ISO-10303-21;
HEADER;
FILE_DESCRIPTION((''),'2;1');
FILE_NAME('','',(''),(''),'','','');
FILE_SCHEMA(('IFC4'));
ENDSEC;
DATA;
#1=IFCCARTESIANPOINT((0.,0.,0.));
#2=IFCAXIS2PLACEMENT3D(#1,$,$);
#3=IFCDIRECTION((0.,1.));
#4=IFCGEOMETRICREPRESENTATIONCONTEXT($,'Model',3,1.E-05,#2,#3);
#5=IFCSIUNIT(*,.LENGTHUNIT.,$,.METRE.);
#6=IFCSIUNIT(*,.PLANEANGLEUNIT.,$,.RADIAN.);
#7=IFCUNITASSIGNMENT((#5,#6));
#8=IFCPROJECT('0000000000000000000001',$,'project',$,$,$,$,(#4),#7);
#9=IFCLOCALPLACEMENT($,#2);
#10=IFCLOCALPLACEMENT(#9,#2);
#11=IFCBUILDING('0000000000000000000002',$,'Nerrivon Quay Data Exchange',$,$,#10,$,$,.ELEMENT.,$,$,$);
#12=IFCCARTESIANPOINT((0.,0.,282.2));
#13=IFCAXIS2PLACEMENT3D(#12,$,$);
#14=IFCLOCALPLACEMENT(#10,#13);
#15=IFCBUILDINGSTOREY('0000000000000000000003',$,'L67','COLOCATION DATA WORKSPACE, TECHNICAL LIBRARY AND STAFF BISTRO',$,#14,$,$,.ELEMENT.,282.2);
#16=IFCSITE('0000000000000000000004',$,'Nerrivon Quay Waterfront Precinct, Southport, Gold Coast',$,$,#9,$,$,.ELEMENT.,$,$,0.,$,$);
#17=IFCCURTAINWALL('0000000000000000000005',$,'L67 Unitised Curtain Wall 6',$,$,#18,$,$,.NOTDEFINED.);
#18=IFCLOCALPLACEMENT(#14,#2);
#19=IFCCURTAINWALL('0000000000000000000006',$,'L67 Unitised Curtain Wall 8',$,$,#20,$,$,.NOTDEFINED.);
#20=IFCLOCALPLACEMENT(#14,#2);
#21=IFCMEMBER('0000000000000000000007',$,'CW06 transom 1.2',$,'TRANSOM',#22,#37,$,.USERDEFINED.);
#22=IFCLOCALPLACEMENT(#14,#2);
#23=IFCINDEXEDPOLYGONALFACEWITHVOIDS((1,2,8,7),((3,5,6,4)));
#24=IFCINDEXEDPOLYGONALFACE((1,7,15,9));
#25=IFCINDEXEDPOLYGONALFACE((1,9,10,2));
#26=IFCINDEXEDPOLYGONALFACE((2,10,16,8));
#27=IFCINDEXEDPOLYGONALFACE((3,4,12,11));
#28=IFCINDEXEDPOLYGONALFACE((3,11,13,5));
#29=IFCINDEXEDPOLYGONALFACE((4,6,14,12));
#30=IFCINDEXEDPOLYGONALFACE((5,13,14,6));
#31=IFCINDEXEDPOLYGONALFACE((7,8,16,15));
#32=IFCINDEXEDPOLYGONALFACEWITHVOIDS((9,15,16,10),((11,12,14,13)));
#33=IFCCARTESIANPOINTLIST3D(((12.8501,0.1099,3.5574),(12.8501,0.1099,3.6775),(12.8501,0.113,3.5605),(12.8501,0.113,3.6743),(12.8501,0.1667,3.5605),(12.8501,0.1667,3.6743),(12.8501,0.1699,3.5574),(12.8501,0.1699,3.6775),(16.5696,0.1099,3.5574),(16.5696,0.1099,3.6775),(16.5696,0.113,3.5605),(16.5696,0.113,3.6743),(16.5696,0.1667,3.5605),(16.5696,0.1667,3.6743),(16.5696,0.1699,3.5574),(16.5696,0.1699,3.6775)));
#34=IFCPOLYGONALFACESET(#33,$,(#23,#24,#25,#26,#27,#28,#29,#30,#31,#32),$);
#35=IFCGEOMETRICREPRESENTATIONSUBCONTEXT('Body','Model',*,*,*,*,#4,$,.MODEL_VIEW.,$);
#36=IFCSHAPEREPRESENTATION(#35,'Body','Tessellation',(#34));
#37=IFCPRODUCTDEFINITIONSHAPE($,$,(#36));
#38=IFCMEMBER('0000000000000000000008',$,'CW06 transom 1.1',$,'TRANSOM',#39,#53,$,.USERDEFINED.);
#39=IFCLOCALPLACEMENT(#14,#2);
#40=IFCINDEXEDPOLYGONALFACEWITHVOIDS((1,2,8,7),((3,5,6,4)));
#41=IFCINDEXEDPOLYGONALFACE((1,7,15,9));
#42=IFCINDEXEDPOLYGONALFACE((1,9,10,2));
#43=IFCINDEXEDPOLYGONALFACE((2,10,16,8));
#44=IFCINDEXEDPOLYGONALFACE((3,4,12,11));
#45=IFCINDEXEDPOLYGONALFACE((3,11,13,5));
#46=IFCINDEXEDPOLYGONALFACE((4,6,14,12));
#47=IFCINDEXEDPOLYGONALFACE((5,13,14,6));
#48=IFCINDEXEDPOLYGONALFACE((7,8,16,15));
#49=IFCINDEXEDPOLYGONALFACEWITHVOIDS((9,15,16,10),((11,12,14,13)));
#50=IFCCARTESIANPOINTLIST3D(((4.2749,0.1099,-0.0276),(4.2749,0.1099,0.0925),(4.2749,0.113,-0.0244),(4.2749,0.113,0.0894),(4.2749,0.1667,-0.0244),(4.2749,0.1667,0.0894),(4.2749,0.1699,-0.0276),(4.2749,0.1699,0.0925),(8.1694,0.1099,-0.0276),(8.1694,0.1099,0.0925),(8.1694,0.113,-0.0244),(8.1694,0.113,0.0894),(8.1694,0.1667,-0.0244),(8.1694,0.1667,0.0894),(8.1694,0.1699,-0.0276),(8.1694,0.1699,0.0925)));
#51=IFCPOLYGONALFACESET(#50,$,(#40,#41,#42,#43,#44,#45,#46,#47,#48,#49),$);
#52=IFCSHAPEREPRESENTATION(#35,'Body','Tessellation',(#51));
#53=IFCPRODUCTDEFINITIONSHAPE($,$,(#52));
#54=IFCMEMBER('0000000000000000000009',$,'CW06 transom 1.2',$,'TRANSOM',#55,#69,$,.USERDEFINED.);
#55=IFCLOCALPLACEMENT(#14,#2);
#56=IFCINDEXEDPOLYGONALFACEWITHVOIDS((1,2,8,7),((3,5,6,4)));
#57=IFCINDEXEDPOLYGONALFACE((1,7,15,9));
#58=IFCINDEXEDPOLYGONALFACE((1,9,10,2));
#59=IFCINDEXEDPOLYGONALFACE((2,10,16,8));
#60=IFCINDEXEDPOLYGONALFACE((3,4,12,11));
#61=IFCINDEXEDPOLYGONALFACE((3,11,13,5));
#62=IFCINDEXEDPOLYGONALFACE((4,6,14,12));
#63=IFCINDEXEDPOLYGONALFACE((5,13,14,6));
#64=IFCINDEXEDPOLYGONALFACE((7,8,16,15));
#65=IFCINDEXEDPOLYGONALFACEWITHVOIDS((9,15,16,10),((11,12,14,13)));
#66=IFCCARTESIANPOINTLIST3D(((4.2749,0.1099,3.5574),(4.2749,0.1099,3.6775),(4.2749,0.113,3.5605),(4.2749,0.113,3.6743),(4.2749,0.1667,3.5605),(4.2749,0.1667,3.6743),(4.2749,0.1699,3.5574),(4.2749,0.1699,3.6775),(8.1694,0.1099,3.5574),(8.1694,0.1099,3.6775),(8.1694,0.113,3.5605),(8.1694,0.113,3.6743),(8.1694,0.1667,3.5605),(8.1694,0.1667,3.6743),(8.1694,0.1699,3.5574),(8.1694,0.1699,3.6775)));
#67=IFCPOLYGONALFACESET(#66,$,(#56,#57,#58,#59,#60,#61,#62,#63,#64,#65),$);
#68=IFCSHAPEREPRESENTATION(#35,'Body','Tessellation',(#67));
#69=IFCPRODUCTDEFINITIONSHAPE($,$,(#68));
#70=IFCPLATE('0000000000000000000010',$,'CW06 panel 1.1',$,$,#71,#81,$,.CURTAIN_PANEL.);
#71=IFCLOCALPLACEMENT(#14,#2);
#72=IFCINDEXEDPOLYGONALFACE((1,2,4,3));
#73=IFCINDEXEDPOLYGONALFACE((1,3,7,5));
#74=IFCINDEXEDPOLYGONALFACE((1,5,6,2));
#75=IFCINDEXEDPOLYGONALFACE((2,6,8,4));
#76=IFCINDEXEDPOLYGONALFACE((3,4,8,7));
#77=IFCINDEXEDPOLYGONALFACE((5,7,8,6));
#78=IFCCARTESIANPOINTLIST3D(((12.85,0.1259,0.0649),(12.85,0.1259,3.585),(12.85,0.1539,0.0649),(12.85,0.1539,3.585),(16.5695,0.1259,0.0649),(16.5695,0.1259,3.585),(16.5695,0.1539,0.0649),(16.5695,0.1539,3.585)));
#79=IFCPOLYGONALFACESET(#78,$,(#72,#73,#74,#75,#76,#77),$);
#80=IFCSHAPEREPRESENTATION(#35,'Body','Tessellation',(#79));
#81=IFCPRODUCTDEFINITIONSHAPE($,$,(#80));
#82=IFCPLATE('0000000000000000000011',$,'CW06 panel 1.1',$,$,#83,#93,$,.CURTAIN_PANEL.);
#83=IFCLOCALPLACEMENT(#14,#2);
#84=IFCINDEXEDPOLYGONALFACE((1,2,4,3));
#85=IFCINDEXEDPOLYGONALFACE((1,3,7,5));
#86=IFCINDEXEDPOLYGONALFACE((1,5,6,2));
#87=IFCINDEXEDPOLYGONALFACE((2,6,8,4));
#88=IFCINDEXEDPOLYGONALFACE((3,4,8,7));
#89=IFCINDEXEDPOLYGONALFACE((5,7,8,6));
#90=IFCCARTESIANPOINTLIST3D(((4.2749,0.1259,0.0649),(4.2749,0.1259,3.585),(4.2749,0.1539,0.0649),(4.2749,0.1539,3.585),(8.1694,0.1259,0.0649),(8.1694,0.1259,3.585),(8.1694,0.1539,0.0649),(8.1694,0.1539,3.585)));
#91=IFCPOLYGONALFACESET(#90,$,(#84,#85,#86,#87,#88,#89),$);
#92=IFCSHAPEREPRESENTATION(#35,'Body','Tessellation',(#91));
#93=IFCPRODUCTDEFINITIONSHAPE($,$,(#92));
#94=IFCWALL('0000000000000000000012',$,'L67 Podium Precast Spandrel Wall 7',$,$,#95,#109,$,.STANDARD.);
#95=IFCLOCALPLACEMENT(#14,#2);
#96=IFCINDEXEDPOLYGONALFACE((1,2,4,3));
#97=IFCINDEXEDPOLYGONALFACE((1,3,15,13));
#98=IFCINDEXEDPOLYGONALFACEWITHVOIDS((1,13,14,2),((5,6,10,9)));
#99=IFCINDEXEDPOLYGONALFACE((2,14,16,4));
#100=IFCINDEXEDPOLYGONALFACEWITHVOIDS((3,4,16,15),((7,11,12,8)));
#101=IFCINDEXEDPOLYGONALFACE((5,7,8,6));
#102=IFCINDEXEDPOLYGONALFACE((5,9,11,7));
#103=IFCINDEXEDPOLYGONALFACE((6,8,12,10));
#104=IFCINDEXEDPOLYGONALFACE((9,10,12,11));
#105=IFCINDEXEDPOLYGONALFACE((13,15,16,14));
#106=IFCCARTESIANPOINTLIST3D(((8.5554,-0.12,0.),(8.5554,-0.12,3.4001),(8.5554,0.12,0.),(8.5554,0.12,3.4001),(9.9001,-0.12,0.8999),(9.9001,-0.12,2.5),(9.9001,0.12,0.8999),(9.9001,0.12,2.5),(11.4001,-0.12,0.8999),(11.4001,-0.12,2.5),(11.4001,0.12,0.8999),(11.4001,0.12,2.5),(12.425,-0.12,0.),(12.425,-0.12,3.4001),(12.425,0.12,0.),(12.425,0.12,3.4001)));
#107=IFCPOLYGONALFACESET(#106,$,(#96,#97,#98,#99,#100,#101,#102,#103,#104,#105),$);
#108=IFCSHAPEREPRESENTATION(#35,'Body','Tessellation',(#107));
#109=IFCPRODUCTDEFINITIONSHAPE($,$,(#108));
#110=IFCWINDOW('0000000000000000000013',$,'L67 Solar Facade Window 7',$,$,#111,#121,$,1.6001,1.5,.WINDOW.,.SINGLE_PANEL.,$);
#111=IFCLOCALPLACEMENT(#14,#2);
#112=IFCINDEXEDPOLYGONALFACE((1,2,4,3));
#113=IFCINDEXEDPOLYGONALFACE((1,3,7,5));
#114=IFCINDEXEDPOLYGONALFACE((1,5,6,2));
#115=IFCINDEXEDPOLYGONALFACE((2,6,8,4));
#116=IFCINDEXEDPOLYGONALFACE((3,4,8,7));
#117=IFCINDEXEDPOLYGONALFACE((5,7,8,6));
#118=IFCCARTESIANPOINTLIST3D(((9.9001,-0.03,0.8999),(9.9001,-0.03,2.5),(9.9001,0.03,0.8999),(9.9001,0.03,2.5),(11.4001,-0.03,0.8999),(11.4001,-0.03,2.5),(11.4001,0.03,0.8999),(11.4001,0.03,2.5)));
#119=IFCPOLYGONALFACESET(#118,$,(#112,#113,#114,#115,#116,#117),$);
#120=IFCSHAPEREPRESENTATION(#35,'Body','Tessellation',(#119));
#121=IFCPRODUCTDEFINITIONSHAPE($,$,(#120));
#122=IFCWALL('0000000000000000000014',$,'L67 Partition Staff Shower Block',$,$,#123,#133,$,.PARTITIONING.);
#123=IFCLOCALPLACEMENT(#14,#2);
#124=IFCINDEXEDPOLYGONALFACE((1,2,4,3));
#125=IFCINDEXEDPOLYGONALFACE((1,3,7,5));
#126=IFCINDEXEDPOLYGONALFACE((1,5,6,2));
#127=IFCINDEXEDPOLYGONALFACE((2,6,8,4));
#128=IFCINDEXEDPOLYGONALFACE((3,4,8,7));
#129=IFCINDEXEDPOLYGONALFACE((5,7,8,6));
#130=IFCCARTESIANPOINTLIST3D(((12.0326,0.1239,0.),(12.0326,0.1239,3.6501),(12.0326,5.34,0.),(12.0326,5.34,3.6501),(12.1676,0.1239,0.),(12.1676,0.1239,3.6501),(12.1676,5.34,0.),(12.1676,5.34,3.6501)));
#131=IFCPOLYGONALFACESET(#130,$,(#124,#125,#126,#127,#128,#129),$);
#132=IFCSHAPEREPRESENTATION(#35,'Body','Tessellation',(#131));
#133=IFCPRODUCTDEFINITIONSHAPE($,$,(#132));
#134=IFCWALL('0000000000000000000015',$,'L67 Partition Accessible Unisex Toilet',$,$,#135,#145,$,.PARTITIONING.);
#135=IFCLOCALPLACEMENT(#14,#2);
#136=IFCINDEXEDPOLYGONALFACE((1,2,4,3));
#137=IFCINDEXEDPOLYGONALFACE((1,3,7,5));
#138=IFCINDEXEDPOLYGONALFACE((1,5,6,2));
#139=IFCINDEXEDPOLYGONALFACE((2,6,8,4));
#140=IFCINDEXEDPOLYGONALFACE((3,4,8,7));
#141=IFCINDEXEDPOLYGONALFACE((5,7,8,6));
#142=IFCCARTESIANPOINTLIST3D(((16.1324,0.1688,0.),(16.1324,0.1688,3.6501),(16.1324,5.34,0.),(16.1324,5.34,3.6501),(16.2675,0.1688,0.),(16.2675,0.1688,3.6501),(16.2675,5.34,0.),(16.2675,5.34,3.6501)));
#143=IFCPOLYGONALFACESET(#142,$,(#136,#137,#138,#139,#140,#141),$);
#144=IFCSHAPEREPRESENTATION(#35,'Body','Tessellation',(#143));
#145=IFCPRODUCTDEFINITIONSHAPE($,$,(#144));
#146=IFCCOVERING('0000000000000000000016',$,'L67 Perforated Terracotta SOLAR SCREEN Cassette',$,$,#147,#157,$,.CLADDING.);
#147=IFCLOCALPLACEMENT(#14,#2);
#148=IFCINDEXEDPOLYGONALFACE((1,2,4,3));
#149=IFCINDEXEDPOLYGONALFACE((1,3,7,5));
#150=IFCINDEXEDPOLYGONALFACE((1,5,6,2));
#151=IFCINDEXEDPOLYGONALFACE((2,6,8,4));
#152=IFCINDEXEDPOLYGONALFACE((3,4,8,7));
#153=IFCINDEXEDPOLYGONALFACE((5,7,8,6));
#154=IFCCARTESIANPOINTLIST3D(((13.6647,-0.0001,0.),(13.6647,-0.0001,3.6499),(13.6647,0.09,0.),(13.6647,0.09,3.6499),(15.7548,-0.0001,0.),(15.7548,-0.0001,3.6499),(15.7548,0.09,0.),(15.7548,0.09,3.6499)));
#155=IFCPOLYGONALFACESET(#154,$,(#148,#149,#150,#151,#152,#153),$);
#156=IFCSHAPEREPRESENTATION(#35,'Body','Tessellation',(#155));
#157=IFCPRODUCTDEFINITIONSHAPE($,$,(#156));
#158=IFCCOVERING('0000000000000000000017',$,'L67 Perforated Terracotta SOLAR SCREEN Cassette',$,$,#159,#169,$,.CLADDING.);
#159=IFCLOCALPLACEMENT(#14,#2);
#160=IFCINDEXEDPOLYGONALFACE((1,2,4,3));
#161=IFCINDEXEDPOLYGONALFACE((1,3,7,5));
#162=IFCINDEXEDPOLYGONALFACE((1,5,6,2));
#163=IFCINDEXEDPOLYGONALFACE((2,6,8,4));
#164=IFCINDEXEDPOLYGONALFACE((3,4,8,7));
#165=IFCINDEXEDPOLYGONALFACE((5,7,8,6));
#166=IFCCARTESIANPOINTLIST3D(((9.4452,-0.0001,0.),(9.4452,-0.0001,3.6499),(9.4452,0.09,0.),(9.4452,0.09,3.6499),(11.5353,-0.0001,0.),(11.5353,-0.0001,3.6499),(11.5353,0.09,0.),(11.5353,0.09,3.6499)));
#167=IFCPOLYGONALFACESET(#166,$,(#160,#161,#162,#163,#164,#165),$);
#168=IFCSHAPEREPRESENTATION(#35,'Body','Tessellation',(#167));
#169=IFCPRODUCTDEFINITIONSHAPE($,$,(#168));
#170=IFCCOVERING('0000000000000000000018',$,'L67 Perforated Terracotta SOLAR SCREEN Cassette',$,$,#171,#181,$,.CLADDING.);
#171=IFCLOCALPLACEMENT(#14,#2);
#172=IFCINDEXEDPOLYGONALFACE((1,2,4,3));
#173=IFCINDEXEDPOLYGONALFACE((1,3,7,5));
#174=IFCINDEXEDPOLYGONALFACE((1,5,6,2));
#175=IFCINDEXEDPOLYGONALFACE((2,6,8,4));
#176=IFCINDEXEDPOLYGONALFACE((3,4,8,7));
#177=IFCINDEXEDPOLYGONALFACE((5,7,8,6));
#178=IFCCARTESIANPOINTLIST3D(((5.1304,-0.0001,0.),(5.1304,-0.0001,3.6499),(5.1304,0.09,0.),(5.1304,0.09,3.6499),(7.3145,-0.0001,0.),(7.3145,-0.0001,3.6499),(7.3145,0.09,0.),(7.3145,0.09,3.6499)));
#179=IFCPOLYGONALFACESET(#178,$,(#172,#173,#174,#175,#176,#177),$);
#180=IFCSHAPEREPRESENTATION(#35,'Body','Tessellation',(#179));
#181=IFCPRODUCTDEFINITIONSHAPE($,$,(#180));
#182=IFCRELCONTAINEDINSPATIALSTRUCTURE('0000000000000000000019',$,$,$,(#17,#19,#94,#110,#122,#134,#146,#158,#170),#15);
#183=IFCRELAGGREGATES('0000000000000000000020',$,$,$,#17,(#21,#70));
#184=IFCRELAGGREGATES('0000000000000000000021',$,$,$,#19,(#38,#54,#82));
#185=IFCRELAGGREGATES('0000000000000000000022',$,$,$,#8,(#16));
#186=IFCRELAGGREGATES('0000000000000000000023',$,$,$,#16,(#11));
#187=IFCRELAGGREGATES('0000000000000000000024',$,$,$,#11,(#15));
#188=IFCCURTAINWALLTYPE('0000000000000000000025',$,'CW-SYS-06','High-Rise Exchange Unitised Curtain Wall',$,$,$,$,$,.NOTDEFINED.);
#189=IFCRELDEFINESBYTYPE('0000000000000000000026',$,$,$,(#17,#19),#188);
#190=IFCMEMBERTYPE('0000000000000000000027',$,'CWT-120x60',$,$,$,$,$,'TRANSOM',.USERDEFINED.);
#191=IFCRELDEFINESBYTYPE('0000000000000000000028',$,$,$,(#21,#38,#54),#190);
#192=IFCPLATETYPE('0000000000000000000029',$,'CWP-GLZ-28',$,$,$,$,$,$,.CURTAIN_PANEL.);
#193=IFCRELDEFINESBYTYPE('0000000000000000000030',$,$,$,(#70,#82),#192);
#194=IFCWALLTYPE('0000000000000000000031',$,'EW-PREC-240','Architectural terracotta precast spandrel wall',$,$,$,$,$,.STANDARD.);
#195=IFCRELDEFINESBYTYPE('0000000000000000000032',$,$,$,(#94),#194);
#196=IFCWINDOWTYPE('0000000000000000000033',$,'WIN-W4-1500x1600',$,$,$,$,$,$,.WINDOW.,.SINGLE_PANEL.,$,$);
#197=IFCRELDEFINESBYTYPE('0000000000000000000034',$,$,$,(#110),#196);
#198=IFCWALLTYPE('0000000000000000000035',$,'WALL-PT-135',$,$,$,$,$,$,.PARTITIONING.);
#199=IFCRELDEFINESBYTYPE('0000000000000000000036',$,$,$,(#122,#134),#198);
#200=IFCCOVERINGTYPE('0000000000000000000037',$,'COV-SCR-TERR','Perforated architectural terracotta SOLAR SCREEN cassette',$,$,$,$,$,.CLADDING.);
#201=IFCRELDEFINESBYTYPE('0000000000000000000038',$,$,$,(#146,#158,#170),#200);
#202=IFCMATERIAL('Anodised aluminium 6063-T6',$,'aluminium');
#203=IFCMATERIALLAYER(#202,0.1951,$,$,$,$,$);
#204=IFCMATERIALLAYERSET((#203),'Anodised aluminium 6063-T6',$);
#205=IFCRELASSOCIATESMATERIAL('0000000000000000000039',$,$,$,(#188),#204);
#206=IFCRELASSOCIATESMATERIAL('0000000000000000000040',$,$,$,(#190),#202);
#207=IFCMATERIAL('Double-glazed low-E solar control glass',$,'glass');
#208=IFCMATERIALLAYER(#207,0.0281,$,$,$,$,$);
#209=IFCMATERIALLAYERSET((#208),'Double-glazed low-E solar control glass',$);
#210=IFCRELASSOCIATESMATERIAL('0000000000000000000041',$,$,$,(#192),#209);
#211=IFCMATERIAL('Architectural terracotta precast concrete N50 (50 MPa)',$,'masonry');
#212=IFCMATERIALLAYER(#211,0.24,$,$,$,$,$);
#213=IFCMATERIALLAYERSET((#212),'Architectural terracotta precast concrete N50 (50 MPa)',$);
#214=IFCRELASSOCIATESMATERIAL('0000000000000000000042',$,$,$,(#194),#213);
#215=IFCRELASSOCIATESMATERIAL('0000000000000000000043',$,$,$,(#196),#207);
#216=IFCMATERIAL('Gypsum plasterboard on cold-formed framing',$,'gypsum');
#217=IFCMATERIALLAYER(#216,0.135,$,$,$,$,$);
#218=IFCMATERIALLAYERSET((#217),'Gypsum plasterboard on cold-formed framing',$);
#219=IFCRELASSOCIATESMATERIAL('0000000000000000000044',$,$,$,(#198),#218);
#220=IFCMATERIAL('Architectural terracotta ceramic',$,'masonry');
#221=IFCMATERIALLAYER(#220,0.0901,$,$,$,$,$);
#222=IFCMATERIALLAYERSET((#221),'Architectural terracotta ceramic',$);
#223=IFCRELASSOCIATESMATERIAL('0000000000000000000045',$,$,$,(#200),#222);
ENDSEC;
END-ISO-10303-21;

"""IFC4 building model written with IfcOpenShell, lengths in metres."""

from ifc_helpers import new_model, si_unit, direction, frame, frame_2d, origin, origin_2d, place, context, subcontext, project, spatial, rectangle, hollow_rectangle, extrude, material, layer, layer_set, material_profile, profile_set, type_object, element, fill, aggregate, save


model = new_model("IFC4")

# Units and contexts
model_context = context("Model", 3, precision=1e-05, world=origin(), true_north=direction((0.0, 1.0)))
body_context = subcontext(model_context, "Body", "Model", "MODEL_VIEW")
ifc_project = project(units=[si_unit("LENGTHUNIT", "METRE"), si_unit("PLANEANGLEUNIT", "RADIAN")], contexts=[model_context])

# Site, building, storey
site_placement = place(None, origin())
site = spatial("IfcSite", under=ifc_project, at=site_placement, Name="Nerrivon Quay Waterfront Precinct, Southport, Gold Coast", CompositionType="ELEMENT", RefElevation=0.0)
building_placement = place(site_placement, origin())
building = spatial("IfcBuilding", under=site, at=building_placement, Name="Nerrivon Quay Data Exchange", CompositionType="ELEMENT")
storey_placement = place(building_placement, frame((0.0, 0.0, 282.2)))
storey = spatial("IfcBuildingStorey", under=building, at=storey_placement, Name="L67", Description="COLOCATION DATA WORKSPACE, TECHNICAL LIBRARY AND STAFF BISTRO", CompositionType="ELEMENT", Elevation=282.2)

# Curtain wall
ifc_material_1 = material(Name="Anodised aluminium 6063-T6", Category="aluminium")
ifc_layer_1 = layer(ifc_material_1, 0.1951)
ifc_layer_set_1 = layer_set([ifc_layer_1], Name="Anodised aluminium 6063-T6")
curtain_wall_type = type_object("IfcCurtainWallType", Name="CW-SYS-06", Description="High-Rise Exchange Unitised Curtain Wall", PredefinedType="NOTDEFINED", material=ifc_layer_set_1)
curtain_wall_1_placement = place(storey_placement, origin())
curtain_wall_1 = element("IfcCurtainWall", 1, at=curtain_wall_1_placement, inside=storey, type_object=curtain_wall_type, Name="L67 Unitised Curtain Wall 6", PredefinedType="NOTDEFINED")

# Curtain wall
curtain_wall_2_placement = place(storey_placement, origin())
curtain_wall_2 = element("IfcCurtainWall", 2, at=curtain_wall_2_placement, inside=storey, type_object=curtain_wall_type, Name="L67 Unitised Curtain Wall 8", PredefinedType="NOTDEFINED")

# Members
ifc_material_profile_1 = material_profile(ifc_material_1, hollow_rectangle(XDim=0.0601, YDim=0.1201, WallThickness=0.0032, at=origin_2d()), Name="ALU-TRAN-120x60")
ifc_profile_set_1 = profile_set([ifc_material_profile_1], Name="Anodised aluminium 6063-T6")
member_type_1 = type_object("IfcMemberType", Name="CWT-120x60", ElementType="TRANSOM", PredefinedType="USERDEFINED", material=ifc_profile_set_1)
member_1_placement = place(storey_placement, frame((16.5696, 0.1399, 3.6174), z_axis=(-1.0, 0.0, 0.0), x_axis=(0.0, -1.0, 0.0)))
member_1 = element("IfcMember", 3, at=member_1_placement, type_object=member_type_1, Name="CW06 transom 1.2", ObjectType="TRANSOM", PredefinedType="USERDEFINED", context=body_context, shape_type="SweptSolid", body=[
    extrude(hollow_rectangle(XDim=0.0601, YDim=0.1201, WallThickness=0.0032, at=origin_2d()), origin(), (0.0, 0.0, 1.0), 3.7195),
])
member_2_placement = place(storey_placement, frame((8.1694, 0.1399, 0.0325), z_axis=(-1.0, 0.0, 0.0), x_axis=(0.0, -1.0, 0.0)))
member_2 = element("IfcMember", 4, at=member_2_placement, type_object=member_type_1, Name="CW06 transom 1.1", ObjectType="TRANSOM", PredefinedType="USERDEFINED", context=body_context, shape_type="SweptSolid", body=[
    extrude(hollow_rectangle(XDim=0.0601, YDim=0.1201, WallThickness=0.0032, at=origin_2d()), origin(), (0.0, 0.0, 1.0), 3.8945),
])
member_3_placement = place(storey_placement, frame((8.1694, 0.1399, 3.6174), z_axis=(-1.0, 0.0, 0.0), x_axis=(0.0, -1.0, 0.0)))
member_3 = element("IfcMember", 5, at=member_3_placement, type_object=member_type_1, Name="CW06 transom 1.2", ObjectType="TRANSOM", PredefinedType="USERDEFINED", context=body_context, shape_type="SweptSolid", body=[
    extrude(hollow_rectangle(XDim=0.0601, YDim=0.1201, WallThickness=0.0032, at=origin_2d()), origin(), (0.0, 0.0, 1.0), 3.8945),
])

# Plates
ifc_material_2 = material(Name="Double-glazed low-E solar control glass", Category="glass")
ifc_layer_2 = layer(ifc_material_2, 0.0281)
ifc_layer_set_2 = layer_set([ifc_layer_2], Name="Double-glazed low-E solar control glass")
plate_type = type_object("IfcPlateType", Name="CWP-GLZ-28", PredefinedType="CURTAIN_PANEL", material=ifc_layer_set_2)
plate_1_placement = place(storey_placement, frame((14.7097, 0.1399, 0.0649), z_axis=(0.0, 0.0, 1.0), x_axis=(-1.0, 0.0, 0.0)))
plate_1 = element("IfcPlate", 6, at=plate_1_placement, type_object=plate_type, Name="CW06 panel 1.1", PredefinedType="CURTAIN_PANEL", context=body_context, shape_type="SweptSolid", body=[
    extrude(rectangle(XDim=3.7195, YDim=0.0281, at=origin_2d()), origin(), (0.0, 0.0, 1.0), 3.52),
])
aggregate(curtain_wall_1, [member_1, plate_1])
plate_2_placement = place(storey_placement, frame((6.2222, 0.1399, 0.0649), z_axis=(0.0, 0.0, 1.0), x_axis=(-1.0, 0.0, 0.0)))
plate_2 = element("IfcPlate", 7, at=plate_2_placement, type_object=plate_type, Name="CW06 panel 1.1", PredefinedType="CURTAIN_PANEL", context=body_context, shape_type="SweptSolid", body=[
    extrude(rectangle(XDim=3.8945, YDim=0.0281, at=origin_2d()), origin(), (0.0, 0.0, 1.0), 3.52),
])
aggregate(curtain_wall_2, [member_2, member_3, plate_2])

# Wall, opening, window
ifc_material_3 = material(Name="Architectural terracotta precast concrete N50 (50 MPa)", Category="masonry")
ifc_layer_3 = layer(ifc_material_3, 0.24)
ifc_layer_set_3 = layer_set([ifc_layer_3], Name="Architectural terracotta precast concrete N50 (50 MPa)")
wall_type_1 = type_object("IfcWallType", Name="EW-PREC-240", Description="Architectural terracotta precast spandrel wall", PredefinedType="STANDARD", material=ifc_layer_set_3)
wall_1_placement = place(storey_placement, frame((12.425, 0.0, 0.0), z_axis=(0.0, 0.0, 1.0), x_axis=(-1.0, 0.0, 0.0)))
wall_1 = element("IfcWall", 8, at=wall_1_placement, inside=storey, type_object=wall_type_1, Name="L67 Podium Precast Spandrel Wall 7", PredefinedType="STANDARD", context=body_context, shape_type="SweptSolid", body=[
    extrude(rectangle(XDim=3.8696, YDim=0.24, at=frame_2d((1.9348, 0.0))), origin(), (0.0, 0.0, 1.0), 3.4001),
])
opening_placement = place(wall_1_placement, frame((1.0249, 0.0, 0.8999)))
opening = element("IfcOpeningElement", 9, at=opening_placement, cuts=wall_1, PredefinedType="OPENING", context=body_context, shape_type="SweptSolid", body=[
    extrude(rectangle(XDim=1.5, YDim=1.6001, at=frame_2d((0.75, 0.8))), frame((0.0, 0.1299, 0.0), z_axis=(0.0, -1.0, 0.0), x_axis=(1.0, 0.0, 0.0)), (0.0, 0.0, 1.0), 0.26),
])
window_type = type_object("IfcWindowType", Name="WIN-W4-1500x1600", PartitioningType="SINGLE_PANEL", PredefinedType="WINDOW", material=ifc_material_2)
window_placement = place(opening_placement, origin())
window = element("IfcWindow", 10, at=window_placement, inside=storey, type_object=window_type, Name="L67 Solar Facade Window 7", OverallHeight=1.6001, OverallWidth=1.5, PartitioningType="SINGLE_PANEL", PredefinedType="WINDOW", context=body_context, shape_type="SweptSolid", body=[
    extrude(rectangle(XDim=1.5, YDim=1.6001, at=frame_2d((0.75, 0.8))), frame((0.0, 0.03, 0.0), z_axis=(0.0, -1.0, 0.0), x_axis=(1.0, 0.0, 0.0)), (0.0, 0.0, 1.0), 0.0601),
])
fill(opening, window)

# Walls
ifc_material_4 = material(Name="Gypsum plasterboard on cold-formed framing", Category="gypsum")
ifc_layer_4 = layer(ifc_material_4, 0.135)
ifc_layer_set_4 = layer_set([ifc_layer_4], Name="Gypsum plasterboard on cold-formed framing")
wall_type_2 = type_object("IfcWallType", Name="WALL-PT-135", PredefinedType="PARTITIONING", material=ifc_layer_set_4)
wall_2_placement = place(storey_placement, frame((12.1001, 0.124, 0.0), z_axis=(0.0, 0.0, 1.0), x_axis=(0.0, 1.0, 0.0)))
element("IfcWall", 11, at=wall_2_placement, inside=storey, type_object=wall_type_2, Name="L67 Partition Staff Shower Block", PredefinedType="PARTITIONING", context=body_context, shape_type="SweptSolid", body=[
    extrude(rectangle(XDim=5.2161, YDim=0.135, at=frame_2d((2.6079, 0.0))), origin(), (0.0, 0.0, 1.0), 3.6501),
])
wall_3_placement = place(storey_placement, frame((16.2, 0.1689, 0.0), z_axis=(0.0, 0.0, 1.0), x_axis=(0.0, 1.0, 0.0)))
element("IfcWall", 12, at=wall_3_placement, inside=storey, type_object=wall_type_2, Name="L67 Partition Accessible Unisex Toilet", PredefinedType="PARTITIONING", context=body_context, shape_type="SweptSolid", body=[
    extrude(rectangle(XDim=5.1711, YDim=0.135, at=frame_2d((2.5854, 0.0))), origin(), (0.0, 0.0, 1.0), 3.6501),
])

# Coverings
ifc_material_5 = material(Name="Architectural terracotta ceramic", Category="masonry")
ifc_layer_5 = layer(ifc_material_5, 0.0901)
ifc_layer_set_5 = layer_set([ifc_layer_5], Name="Architectural terracotta ceramic")
covering_type = type_object("IfcCoveringType", Name="COV-SCR-TERR", Description="Perforated architectural terracotta SOLAR SCREEN cassette", PredefinedType="CLADDING", material=ifc_layer_set_5)
for number, where, z_axis, x_axis, name in (
    (13, (14.7097, 0.0449, 0.0), (0.0, 0.0, 1.0), (-1.0, 0.0, 0.0), "L67 Perforated Terracotta SOLAR SCREEN Cassette"),
    (14, (10.4902, 0.0449, 0.0), (0.0, 0.0, 1.0), (-1.0, 0.0, 0.0), "L67 Perforated Terracotta SOLAR SCREEN Cassette"),
):
    element("IfcCovering", number, at=place(storey_placement, frame(where, z_axis=z_axis, x_axis=x_axis)), inside=storey, type_object=covering_type, Name=name, PredefinedType="CLADDING", context=body_context, shape_type="SweptSolid", body=[
        extrude(rectangle(XDim=2.0901, YDim=0.0901, at=origin_2d()), origin(), (0.0, 0.0, 1.0), 3.6499),
    ])
covering_placement = place(storey_placement, frame((6.2224, 0.0449, 0.0), z_axis=(0.0, 0.0, 1.0), x_axis=(-1.0, 0.0, 0.0)))
element("IfcCovering", 15, at=covering_placement, inside=storey, type_object=covering_type, Name="L67 Perforated Terracotta SOLAR SCREEN Cassette", PredefinedType="CLADDING", context=body_context, shape_type="SweptSolid", body=[
    extrude(rectangle(XDim=2.1841, YDim=0.0901, at=origin_2d()), origin(), (0.0, 0.0, 1.0), 3.6499),
])

save(model, "model.ifc")
